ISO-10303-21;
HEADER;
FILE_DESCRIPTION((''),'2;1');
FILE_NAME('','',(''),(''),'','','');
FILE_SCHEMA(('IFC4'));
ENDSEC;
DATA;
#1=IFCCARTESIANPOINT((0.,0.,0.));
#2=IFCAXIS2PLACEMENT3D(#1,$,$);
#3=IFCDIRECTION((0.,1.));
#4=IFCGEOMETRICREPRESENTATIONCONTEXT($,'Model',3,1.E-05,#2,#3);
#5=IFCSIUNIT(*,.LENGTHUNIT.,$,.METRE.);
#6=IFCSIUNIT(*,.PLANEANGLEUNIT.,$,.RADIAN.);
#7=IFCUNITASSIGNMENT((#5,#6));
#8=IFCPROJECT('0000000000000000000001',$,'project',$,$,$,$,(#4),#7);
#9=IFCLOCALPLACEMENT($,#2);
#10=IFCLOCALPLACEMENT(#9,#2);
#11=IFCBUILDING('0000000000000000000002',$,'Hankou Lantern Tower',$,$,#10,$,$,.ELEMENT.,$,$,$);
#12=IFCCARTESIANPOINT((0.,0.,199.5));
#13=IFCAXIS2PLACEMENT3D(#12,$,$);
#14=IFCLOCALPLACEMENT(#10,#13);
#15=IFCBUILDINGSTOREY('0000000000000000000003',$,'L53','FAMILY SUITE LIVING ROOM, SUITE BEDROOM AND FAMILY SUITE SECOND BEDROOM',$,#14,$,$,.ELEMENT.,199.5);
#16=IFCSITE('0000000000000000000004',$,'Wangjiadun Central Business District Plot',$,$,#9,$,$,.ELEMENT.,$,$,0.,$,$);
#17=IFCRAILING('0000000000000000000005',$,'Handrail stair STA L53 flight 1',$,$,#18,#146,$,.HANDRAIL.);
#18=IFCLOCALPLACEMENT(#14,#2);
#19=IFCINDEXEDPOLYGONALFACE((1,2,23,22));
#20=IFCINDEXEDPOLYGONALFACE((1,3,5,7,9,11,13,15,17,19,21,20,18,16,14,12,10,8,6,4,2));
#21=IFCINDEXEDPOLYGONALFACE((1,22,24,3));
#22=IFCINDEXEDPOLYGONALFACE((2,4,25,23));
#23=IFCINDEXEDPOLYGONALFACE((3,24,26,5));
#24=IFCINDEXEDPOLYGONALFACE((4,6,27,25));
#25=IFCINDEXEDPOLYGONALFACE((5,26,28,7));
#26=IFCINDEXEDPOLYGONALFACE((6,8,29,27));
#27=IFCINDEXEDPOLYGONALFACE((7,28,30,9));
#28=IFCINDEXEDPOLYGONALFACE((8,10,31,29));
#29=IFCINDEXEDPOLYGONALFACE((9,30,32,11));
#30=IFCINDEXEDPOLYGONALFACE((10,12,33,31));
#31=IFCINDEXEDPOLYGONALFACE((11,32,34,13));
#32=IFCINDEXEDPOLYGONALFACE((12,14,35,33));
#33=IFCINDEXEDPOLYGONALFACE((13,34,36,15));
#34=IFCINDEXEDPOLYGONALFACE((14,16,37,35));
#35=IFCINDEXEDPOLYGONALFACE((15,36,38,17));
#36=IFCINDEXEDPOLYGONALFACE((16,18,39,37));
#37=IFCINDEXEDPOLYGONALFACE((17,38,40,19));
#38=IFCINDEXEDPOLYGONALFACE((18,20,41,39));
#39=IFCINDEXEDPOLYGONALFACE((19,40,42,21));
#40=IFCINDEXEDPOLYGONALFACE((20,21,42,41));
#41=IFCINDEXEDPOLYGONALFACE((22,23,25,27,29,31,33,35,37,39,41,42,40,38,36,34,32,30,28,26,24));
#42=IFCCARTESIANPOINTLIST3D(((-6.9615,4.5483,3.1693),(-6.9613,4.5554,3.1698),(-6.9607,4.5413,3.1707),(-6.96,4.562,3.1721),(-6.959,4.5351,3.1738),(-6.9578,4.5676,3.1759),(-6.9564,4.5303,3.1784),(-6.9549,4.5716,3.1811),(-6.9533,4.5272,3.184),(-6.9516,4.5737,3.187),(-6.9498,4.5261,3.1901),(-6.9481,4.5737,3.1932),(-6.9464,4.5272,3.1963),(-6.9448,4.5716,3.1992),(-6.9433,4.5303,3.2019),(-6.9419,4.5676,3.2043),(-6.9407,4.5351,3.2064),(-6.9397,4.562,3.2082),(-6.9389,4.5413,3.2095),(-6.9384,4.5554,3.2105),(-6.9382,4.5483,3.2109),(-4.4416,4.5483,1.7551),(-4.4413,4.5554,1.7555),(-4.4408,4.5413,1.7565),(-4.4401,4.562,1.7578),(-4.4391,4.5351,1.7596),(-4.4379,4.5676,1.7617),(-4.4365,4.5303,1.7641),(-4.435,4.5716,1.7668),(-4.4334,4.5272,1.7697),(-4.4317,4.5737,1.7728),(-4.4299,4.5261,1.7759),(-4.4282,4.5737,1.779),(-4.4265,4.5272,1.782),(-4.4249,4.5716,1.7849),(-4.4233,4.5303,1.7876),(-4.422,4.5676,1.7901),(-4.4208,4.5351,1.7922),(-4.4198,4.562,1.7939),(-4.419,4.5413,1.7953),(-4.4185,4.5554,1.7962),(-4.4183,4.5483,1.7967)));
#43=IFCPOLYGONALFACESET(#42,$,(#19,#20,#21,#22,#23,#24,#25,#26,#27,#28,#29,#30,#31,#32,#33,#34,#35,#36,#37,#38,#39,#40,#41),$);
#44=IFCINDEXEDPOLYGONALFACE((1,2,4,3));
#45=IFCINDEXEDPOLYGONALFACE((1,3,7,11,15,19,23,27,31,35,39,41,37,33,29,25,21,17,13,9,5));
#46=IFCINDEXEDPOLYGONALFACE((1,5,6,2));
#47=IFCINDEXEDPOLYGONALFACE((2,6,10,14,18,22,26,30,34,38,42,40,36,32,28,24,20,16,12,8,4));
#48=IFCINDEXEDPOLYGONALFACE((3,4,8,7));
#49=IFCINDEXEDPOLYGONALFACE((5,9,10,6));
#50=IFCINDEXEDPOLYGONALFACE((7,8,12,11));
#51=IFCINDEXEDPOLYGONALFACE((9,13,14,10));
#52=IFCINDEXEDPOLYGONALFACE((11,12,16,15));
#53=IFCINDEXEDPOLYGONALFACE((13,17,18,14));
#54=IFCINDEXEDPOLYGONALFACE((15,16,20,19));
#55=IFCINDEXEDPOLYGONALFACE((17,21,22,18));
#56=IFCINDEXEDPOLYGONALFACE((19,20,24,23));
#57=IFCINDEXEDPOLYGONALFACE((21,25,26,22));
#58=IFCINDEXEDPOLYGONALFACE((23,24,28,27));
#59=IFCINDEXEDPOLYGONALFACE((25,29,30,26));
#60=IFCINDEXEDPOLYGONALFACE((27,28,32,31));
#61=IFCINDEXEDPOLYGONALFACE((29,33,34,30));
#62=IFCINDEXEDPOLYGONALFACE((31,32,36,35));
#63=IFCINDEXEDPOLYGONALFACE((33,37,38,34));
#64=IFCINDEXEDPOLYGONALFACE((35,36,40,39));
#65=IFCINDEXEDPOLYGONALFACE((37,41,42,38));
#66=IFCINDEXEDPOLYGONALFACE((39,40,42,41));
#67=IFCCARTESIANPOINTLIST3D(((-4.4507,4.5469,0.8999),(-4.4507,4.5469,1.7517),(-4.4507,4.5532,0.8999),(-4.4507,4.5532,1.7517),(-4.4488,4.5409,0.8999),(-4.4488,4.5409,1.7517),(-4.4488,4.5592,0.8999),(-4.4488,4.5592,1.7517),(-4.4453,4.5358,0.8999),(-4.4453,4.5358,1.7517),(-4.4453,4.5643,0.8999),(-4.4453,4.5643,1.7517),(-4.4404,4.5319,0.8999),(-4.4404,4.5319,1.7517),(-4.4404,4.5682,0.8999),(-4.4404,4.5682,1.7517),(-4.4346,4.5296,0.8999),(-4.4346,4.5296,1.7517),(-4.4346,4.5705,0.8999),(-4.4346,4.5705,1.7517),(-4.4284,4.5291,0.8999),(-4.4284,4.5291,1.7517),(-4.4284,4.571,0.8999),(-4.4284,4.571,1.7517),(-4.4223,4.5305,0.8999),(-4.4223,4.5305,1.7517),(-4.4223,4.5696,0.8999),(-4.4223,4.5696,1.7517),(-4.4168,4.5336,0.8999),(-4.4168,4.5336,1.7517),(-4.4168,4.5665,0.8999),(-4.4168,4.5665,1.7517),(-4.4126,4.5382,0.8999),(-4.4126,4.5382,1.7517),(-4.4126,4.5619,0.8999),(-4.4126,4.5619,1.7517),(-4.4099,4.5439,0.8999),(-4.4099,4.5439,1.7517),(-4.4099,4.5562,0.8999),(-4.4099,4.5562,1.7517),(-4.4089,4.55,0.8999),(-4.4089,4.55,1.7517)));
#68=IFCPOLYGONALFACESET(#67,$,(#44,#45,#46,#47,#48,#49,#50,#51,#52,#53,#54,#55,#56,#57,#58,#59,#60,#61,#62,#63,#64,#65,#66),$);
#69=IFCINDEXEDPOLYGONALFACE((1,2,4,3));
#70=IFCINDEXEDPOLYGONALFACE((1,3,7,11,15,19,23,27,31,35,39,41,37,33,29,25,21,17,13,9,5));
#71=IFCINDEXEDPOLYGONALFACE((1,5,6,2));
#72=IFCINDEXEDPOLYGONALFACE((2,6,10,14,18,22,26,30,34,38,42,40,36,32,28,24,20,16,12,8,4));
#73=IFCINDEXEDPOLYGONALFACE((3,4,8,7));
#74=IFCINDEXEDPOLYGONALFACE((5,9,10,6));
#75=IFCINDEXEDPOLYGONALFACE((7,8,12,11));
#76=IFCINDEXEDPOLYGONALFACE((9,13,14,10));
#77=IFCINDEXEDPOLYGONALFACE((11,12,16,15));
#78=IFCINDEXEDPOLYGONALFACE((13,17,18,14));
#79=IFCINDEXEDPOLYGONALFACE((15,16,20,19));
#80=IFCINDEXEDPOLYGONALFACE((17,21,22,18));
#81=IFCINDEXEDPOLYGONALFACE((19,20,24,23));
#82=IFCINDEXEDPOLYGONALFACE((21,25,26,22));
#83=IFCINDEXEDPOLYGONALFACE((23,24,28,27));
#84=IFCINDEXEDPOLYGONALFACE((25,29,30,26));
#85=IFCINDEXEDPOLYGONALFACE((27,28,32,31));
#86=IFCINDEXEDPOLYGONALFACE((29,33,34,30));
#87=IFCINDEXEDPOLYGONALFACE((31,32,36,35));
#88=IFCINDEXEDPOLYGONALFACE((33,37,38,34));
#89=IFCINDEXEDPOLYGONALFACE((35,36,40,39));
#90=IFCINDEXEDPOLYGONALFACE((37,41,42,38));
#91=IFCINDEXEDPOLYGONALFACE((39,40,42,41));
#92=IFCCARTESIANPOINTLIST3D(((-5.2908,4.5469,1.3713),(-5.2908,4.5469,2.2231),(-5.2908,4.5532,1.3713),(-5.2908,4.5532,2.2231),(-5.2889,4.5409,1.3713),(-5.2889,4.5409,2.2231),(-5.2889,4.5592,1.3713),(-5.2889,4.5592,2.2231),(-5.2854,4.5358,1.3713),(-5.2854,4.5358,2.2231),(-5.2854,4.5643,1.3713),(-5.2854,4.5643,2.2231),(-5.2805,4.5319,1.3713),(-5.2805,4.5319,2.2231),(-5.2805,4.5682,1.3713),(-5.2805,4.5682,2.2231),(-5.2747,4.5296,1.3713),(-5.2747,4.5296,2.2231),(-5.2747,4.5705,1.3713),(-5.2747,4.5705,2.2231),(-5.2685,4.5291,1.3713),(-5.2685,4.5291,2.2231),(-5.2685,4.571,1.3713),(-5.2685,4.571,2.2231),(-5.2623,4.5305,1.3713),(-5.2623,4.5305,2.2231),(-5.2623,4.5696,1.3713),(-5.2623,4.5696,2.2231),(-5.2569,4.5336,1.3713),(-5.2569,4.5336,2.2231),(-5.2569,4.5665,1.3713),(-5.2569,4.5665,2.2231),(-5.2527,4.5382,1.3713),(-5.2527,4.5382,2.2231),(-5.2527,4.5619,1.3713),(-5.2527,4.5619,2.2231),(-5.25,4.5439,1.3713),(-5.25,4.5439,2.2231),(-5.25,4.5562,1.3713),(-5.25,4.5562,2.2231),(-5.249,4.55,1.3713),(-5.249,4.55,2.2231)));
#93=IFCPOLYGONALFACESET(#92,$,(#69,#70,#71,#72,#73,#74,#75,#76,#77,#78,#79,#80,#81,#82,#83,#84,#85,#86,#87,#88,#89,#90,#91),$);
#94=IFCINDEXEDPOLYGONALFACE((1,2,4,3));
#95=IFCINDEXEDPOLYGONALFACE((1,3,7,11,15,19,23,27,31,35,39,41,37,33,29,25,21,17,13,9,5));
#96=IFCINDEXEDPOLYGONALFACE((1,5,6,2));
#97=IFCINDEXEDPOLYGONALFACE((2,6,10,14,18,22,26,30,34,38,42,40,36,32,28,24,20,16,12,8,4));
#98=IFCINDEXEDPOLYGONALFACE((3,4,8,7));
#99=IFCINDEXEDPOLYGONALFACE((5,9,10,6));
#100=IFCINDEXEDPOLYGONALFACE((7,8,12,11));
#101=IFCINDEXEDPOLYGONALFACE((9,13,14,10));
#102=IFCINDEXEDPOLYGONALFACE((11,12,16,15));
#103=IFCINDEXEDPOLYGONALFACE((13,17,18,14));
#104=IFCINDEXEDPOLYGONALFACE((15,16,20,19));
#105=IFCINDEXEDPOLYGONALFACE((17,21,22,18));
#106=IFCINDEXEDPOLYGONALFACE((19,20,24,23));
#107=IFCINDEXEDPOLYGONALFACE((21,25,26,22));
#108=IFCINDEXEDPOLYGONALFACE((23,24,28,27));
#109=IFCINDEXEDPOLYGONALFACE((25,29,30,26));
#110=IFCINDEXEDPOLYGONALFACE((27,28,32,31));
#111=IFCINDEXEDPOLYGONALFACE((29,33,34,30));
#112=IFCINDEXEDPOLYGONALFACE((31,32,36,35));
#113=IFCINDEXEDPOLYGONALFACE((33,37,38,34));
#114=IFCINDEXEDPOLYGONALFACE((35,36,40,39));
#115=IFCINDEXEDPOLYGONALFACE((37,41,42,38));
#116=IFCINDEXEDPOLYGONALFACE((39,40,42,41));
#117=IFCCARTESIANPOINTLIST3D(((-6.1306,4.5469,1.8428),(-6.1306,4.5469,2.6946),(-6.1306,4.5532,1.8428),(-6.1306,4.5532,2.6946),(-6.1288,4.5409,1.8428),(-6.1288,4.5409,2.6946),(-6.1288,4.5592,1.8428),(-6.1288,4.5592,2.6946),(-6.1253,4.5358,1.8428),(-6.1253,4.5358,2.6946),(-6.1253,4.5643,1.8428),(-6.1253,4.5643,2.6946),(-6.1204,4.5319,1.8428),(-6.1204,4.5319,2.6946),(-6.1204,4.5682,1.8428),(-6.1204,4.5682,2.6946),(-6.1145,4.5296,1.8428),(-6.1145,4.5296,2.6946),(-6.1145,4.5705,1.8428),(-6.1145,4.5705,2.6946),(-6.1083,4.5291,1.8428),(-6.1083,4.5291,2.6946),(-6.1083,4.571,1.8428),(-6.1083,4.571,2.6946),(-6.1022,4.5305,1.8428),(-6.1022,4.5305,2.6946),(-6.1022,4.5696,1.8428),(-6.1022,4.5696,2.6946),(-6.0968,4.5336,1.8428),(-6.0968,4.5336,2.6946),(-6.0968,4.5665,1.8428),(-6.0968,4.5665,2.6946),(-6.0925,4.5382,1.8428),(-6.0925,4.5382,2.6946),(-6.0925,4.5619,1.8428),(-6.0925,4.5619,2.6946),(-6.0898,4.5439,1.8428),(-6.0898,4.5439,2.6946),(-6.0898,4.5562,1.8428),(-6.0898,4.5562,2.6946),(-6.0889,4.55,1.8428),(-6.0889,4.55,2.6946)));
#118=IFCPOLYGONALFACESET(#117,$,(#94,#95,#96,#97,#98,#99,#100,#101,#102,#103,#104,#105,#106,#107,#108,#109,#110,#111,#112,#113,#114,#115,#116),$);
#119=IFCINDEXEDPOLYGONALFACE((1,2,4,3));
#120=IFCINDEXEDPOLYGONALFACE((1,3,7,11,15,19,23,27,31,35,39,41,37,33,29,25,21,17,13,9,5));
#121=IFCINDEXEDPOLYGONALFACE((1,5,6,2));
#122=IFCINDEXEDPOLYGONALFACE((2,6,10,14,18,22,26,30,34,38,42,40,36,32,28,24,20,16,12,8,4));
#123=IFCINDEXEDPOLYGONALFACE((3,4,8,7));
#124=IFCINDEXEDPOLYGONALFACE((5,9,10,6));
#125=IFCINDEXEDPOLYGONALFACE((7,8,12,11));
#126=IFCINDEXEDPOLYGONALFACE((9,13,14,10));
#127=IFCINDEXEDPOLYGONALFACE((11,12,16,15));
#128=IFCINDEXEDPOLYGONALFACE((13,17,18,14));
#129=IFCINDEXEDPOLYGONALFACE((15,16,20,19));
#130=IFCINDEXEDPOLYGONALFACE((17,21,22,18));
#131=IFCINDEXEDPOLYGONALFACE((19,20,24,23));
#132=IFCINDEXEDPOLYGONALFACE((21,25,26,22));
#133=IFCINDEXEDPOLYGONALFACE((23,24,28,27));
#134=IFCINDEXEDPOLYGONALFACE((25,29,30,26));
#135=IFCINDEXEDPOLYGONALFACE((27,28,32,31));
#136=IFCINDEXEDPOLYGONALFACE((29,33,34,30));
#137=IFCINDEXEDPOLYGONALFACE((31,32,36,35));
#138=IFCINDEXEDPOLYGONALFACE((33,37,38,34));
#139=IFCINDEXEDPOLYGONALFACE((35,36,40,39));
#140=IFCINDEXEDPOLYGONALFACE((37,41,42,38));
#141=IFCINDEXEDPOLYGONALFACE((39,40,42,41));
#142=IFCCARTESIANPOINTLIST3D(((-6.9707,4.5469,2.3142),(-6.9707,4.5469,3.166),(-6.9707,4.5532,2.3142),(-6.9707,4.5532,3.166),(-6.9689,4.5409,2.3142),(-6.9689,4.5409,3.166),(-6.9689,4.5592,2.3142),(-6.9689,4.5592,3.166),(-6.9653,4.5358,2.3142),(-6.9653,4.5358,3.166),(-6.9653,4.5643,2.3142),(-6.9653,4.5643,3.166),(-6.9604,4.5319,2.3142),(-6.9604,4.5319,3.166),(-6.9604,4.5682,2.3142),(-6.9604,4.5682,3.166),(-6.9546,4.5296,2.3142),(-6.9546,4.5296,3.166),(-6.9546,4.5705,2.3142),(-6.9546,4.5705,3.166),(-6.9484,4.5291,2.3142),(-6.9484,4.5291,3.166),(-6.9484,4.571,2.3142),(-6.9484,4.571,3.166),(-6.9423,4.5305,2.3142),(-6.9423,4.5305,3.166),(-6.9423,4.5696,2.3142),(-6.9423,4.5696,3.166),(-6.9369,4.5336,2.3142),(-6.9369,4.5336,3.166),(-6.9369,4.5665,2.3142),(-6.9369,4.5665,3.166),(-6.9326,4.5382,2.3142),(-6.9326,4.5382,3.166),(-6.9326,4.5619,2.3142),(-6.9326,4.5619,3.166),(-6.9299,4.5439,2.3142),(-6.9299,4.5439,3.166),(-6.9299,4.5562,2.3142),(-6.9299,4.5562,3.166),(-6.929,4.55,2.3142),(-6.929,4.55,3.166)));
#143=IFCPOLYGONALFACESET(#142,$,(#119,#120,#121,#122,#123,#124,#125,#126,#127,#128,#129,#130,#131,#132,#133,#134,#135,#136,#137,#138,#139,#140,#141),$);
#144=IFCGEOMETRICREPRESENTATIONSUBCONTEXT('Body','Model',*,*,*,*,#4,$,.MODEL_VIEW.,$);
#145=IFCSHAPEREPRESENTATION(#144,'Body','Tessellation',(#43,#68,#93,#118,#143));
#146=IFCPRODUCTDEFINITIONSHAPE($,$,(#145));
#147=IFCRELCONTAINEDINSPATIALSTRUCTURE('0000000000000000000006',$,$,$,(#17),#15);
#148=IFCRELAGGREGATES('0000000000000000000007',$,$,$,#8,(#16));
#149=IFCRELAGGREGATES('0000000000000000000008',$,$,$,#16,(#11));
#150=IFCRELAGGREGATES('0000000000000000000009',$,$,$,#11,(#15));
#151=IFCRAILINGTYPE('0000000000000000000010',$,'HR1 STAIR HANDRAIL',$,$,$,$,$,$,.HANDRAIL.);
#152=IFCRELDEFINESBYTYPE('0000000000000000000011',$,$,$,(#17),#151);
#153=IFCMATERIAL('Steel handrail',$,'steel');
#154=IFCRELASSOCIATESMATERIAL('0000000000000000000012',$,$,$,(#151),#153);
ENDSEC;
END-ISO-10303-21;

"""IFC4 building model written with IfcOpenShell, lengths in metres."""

from ifc_helpers import new_model, si_unit, direction, frame, origin, origin_2d, place, context, subcontext, project, spatial, circle, extrude, material, type_object, element, save


model = new_model("IFC4")

# Units and contexts
model_context = context("Model", 3, precision=1e-05, world=origin(), true_north=direction((0.0, 1.0)))
body_context = subcontext(model_context, "Body", "Model", "MODEL_VIEW")
ifc_project = project(units=[si_unit("LENGTHUNIT", "METRE"), si_unit("PLANEANGLEUNIT", "RADIAN")], contexts=[model_context])

# Site, building, storey
site_placement = place(None, origin())
site = spatial("IfcSite", under=ifc_project, at=site_placement, Name="Wangjiadun Central Business District Plot", CompositionType="ELEMENT", RefElevation=0.0)
building_placement = place(site_placement, origin())
building = spatial("IfcBuilding", under=site, at=building_placement, Name="Hankou Lantern Tower", CompositionType="ELEMENT")
storey_placement = place(building_placement, frame((0.0, 0.0, 199.5)))
storey = spatial("IfcBuildingStorey", under=building, at=storey_placement, Name="L53", Description="FAMILY SUITE LIVING ROOM, SUITE BEDROOM AND FAMILY SUITE SECOND BEDROOM", CompositionType="ELEMENT", Elevation=199.5)

# Railing
ifc_material_1 = material(Name="Steel handrail", Category="steel")
railing_type = type_object("IfcRailingType", Name="HR1 STAIR HANDRAIL", PredefinedType="HANDRAIL", material=ifc_material_1)
railing_1_placement = place(storey_placement, frame((-4.4299, 4.55, 0.8999)))
element("IfcRailing", 1, at=railing_1_placement, inside=storey, type_object=railing_type, Name="Handrail stair STA L53 flight 1", PredefinedType="HANDRAIL", context=body_context, shape_type="SweptSolid", body=[
    extrude(circle(Radius=0.0239, at=origin_2d()), frame((0.0, 0.0, 0.876), z_axis=(-0.872049, 0.0, 0.489419), x_axis=(0.0, -1.0, 0.0)), (0.0, 0.0, 1.0), 2.8896),
    extrude(circle(Radius=0.021, at=origin_2d()), origin(), (0.0, 0.0, 1.0), 0.8518),
    extrude(circle(Radius=0.021, at=origin_2d()), frame((-0.8401, 0.0, 0.4714)), (0.0, 0.0, 1.0), 0.8518),
    extrude(circle(Radius=0.021, at=origin_2d()), frame((-1.6799, 0.0, 0.9429)), (0.0, 0.0, 1.0), 0.8518),
    extrude(circle(Radius=0.021, at=origin_2d()), frame((-2.52, 0.0, 1.4143)), (0.0, 0.0, 1.0), 0.8518),
])

save(model, "model.ifc")
